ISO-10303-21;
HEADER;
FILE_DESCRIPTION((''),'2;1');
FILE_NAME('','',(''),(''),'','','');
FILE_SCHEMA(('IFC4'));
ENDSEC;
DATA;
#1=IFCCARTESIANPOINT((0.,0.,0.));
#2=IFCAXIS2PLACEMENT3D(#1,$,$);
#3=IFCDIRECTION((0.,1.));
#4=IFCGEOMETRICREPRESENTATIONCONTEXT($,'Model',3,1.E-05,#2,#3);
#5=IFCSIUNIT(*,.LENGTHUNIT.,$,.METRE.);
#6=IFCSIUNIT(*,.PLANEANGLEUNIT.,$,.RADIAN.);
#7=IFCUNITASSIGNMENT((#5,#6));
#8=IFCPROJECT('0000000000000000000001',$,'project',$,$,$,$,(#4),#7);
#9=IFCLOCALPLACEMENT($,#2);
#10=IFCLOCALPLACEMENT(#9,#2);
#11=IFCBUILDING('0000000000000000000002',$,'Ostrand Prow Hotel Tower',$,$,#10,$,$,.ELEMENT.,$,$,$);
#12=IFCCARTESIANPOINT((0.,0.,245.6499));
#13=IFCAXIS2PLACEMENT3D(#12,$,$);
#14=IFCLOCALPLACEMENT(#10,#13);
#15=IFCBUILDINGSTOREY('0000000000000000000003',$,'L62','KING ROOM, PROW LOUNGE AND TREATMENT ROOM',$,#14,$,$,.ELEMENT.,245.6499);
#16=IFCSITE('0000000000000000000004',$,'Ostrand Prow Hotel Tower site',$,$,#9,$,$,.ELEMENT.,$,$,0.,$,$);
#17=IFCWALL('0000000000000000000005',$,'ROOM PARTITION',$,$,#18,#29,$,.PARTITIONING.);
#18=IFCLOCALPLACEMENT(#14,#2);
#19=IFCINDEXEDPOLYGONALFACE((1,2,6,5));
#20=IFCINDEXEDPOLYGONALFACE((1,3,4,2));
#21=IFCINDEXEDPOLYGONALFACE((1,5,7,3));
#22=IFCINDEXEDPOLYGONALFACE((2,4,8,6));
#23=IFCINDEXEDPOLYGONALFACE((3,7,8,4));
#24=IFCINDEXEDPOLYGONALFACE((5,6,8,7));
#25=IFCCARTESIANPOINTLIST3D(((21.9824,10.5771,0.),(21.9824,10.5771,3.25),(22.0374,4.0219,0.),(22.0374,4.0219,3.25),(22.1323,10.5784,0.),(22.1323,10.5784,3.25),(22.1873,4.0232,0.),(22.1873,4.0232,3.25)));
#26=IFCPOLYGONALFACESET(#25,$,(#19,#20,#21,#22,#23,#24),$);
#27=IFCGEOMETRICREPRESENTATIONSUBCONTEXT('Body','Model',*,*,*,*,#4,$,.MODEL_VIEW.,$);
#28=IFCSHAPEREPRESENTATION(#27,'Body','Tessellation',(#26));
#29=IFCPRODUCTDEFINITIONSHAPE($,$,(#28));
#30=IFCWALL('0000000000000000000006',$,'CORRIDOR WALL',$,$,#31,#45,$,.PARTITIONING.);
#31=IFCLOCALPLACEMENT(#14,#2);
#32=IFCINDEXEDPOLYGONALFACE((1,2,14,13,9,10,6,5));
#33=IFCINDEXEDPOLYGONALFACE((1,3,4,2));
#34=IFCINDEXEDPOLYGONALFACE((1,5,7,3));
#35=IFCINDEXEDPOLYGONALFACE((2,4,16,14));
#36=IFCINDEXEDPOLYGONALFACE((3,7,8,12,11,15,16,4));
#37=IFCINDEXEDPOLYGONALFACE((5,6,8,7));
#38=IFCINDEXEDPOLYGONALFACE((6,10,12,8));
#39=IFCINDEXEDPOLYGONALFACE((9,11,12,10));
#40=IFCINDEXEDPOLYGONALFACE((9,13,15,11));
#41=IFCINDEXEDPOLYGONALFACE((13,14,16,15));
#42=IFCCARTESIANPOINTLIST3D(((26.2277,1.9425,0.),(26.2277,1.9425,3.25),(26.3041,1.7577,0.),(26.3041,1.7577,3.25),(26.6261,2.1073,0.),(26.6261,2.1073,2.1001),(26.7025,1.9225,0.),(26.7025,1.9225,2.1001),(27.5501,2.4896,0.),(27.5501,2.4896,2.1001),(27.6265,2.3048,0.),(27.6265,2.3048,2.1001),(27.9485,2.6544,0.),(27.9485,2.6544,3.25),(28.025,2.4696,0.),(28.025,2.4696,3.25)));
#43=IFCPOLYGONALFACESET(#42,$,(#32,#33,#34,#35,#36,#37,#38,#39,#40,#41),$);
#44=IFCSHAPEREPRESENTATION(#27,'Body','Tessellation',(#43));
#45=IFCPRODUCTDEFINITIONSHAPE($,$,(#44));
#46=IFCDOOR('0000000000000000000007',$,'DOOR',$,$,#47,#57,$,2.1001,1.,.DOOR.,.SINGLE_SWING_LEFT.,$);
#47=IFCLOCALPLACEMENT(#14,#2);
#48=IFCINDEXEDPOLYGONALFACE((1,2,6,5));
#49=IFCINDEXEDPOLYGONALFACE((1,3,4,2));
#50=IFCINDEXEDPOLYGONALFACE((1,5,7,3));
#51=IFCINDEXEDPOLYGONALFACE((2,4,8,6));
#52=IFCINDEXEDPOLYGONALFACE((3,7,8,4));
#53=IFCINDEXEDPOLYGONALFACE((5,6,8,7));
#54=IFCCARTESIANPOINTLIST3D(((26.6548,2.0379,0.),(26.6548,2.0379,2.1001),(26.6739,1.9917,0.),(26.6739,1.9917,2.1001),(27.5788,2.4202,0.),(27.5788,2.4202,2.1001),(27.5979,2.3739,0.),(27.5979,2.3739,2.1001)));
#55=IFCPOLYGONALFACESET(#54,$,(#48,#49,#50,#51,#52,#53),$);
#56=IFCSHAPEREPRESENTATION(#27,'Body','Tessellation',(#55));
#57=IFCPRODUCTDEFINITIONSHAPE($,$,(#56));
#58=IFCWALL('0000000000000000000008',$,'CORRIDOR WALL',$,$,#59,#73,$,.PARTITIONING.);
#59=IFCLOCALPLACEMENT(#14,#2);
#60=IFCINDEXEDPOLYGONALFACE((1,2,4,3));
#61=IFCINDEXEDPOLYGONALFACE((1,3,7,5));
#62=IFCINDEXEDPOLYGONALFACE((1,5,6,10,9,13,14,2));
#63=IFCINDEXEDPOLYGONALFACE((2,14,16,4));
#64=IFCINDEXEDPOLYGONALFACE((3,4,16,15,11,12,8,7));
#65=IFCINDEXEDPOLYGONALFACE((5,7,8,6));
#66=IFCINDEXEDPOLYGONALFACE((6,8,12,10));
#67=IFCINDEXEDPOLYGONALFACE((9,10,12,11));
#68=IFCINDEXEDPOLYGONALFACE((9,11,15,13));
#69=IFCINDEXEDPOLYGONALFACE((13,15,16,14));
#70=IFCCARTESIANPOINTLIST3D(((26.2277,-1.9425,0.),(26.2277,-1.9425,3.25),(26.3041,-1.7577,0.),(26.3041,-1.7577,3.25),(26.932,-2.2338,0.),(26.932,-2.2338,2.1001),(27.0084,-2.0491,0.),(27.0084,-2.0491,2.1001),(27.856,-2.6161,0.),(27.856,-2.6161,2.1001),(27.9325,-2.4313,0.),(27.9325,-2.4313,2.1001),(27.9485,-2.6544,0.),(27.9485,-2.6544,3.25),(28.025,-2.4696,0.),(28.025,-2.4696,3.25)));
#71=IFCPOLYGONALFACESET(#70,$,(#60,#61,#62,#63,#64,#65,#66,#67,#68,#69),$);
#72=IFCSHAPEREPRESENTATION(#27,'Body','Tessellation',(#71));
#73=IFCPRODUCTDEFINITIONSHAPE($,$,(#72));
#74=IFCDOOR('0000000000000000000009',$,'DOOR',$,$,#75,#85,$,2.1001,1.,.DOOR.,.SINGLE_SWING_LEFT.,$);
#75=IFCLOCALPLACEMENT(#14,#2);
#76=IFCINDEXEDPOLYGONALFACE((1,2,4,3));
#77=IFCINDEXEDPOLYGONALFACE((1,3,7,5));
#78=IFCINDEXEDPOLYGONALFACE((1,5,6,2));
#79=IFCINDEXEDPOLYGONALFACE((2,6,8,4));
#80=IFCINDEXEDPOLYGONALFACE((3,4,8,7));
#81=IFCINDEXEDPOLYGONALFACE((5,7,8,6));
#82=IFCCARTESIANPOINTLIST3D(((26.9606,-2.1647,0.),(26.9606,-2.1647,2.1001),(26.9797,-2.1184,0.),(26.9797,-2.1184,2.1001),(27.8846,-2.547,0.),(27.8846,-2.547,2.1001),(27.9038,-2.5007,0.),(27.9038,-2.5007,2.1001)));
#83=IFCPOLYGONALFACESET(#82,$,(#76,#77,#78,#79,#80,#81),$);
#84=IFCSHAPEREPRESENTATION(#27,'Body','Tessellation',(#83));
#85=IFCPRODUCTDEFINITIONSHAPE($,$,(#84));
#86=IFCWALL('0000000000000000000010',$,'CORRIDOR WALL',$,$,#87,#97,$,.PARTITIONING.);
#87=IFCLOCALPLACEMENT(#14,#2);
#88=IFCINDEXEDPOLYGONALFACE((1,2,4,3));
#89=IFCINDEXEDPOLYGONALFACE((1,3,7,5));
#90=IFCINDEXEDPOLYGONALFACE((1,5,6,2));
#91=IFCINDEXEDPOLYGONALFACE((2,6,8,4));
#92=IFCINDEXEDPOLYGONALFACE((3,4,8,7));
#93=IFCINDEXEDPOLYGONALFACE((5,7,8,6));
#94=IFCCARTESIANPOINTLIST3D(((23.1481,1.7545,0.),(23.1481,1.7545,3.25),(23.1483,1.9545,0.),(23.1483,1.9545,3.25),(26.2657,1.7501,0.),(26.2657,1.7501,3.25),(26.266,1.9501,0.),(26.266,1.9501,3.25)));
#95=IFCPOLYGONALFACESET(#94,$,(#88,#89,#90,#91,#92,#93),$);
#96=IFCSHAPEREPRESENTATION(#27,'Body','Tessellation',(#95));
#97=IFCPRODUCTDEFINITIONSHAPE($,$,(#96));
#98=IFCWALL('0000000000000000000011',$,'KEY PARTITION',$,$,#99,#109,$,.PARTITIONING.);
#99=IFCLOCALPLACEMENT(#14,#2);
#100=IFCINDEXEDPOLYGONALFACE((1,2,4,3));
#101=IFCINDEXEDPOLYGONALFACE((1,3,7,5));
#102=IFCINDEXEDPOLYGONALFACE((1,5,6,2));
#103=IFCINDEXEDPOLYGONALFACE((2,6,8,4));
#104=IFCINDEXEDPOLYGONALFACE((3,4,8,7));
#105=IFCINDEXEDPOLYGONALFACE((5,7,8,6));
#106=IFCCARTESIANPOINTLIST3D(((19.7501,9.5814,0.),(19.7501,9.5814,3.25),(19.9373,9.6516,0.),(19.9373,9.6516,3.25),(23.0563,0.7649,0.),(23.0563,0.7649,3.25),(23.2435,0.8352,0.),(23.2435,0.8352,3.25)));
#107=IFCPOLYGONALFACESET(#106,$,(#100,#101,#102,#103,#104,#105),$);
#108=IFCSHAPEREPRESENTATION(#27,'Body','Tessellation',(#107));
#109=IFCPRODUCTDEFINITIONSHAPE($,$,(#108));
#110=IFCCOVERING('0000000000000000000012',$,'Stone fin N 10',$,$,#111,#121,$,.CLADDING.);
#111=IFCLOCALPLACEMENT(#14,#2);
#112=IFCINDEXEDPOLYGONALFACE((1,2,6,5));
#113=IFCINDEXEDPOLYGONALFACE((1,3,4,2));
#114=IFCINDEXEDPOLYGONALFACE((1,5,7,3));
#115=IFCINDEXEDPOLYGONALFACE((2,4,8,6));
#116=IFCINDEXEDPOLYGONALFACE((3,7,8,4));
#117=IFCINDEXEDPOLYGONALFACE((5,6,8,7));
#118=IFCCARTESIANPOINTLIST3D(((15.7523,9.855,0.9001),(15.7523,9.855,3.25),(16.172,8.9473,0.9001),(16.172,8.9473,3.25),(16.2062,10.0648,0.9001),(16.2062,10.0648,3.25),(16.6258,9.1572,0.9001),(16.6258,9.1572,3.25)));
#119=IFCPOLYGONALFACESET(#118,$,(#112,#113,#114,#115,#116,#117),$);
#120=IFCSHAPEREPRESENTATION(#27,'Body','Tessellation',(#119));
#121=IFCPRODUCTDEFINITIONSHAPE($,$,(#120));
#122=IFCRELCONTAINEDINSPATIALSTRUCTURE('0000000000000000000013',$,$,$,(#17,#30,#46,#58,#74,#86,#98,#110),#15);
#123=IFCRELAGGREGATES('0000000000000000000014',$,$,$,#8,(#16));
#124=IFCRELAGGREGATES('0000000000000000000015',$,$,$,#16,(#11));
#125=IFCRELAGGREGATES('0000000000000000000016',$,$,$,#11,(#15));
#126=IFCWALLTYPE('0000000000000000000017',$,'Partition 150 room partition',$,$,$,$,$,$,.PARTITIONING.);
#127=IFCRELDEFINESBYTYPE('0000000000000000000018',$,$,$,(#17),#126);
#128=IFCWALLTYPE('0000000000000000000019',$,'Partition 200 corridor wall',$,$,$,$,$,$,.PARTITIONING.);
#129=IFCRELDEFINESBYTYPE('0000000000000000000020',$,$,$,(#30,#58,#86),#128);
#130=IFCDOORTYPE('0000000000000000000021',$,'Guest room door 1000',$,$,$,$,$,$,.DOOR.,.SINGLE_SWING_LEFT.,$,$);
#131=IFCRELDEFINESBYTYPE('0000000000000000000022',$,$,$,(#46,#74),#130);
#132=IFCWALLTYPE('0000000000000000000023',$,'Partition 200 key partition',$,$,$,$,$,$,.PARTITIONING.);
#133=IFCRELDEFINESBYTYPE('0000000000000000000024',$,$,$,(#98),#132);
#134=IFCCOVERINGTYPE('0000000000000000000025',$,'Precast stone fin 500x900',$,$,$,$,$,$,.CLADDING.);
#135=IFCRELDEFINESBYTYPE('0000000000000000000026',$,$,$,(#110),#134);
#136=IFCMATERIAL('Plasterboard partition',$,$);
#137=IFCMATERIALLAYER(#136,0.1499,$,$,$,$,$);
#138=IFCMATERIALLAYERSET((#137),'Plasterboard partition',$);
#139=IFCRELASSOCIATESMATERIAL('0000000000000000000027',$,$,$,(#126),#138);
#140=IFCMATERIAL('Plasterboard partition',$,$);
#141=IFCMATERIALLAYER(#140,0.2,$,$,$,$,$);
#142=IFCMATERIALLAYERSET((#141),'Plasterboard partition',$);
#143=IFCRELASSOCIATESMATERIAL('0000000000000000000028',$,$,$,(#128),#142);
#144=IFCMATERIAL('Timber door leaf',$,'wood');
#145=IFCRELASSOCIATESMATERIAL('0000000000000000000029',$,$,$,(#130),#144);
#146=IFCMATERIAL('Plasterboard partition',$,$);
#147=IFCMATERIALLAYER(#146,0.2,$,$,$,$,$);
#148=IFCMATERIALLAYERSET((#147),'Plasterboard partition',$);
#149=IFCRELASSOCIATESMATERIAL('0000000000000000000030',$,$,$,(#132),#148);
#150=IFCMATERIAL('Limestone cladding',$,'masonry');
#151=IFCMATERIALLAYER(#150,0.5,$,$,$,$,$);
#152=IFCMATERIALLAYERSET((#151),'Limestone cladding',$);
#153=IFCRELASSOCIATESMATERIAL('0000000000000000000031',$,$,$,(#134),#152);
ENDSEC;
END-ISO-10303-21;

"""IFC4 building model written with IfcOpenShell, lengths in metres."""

from ifc_helpers import new_model, si_unit, direction, frame, frame_2d, origin, place, context, subcontext, project, spatial, rectangle, extrude, material, layer, layer_set, type_object, element, fill, save


model = new_model("IFC4")

# Units and contexts
model_context = context("Model", 3, precision=1e-05, world=origin(), true_north=direction((0.0, 1.0)))
body_context = subcontext(model_context, "Body", "Model", "MODEL_VIEW")
ifc_project = project(units=[si_unit("LENGTHUNIT", "METRE"), si_unit("PLANEANGLEUNIT", "RADIAN")], contexts=[model_context])

# Site, building, storey
site_placement = place(None, origin())
site = spatial("IfcSite", under=ifc_project, at=site_placement, Name="Ostrand Prow Hotel Tower site", CompositionType="ELEMENT", RefElevation=0.0)
building_placement = place(site_placement, origin())
building = spatial("IfcBuilding", under=site, at=building_placement, Name="Ostrand Prow Hotel Tower", CompositionType="ELEMENT")
storey_placement = place(building_placement, frame((0.0, 0.0, 245.6499)))
storey = spatial("IfcBuildingStorey", under=building, at=storey_placement, Name="L62", Description="KING ROOM, PROW LOUNGE AND TREATMENT ROOM", CompositionType="ELEMENT", Elevation=245.6499)

# Wall
ifc_material_1 = material(Name="Plasterboard partition")
ifc_layer_1 = layer(ifc_material_1, 0.1499)
ifc_layer_set_1 = layer_set([ifc_layer_1], Name="Plasterboard partition")
wall_type_1 = type_object("IfcWallType", Name="Partition 150 room partition", PredefinedType="PARTITIONING", material=ifc_layer_set_1)
wall_1_placement = place(storey_placement, frame((22.0574, 10.5779, 0.0), z_axis=(0.0, 0.0, 1.0), x_axis=(0.00838, -0.999965, 0.0)))
element("IfcWall", 1, at=wall_1_placement, inside=storey, type_object=wall_type_1, Name="ROOM PARTITION", PredefinedType="PARTITIONING", context=body_context, shape_type="SweptSolid", body=[
    extrude(rectangle(XDim=6.5554, YDim=0.1499, at=frame_2d((3.2778, 0.0))), origin(), (0.0, 0.0, 1.0), 3.25),
])

# Walls, openings, doors
ifc_material_2 = material(Name="Plasterboard partition")
ifc_layer_2 = layer(ifc_material_2, 0.2)
ifc_layer_set_2 = layer_set([ifc_layer_2], Name="Plasterboard partition")
wall_type_2 = type_object("IfcWallType", Name="Partition 200 corridor wall", PredefinedType="PARTITIONING", material=ifc_layer_set_2)
wall_2_placement = place(storey_placement, frame((26.2659, 1.8501, 0.0), z_axis=(0.0, 0.0, 1.0), x_axis=(0.924055, 0.382259, 0.0)))
wall_2 = element("IfcWall", 2, at=wall_2_placement, inside=storey, type_object=wall_type_2, Name="CORRIDOR WALL", PredefinedType="PARTITIONING", context=body_context, shape_type="SweptSolid", body=[
    extrude(rectangle(XDim=1.8623, YDim=0.2, at=frame_2d((0.9312, 0.0))), origin(), (0.0, 0.0, 1.0), 3.25),
])
opening_1_placement = place(wall_2_placement, frame((0.4312, 0.0, 0.0)))
opening_1 = element("IfcOpeningElement", 3, at=opening_1_placement, cuts=wall_2, PredefinedType="OPENING", context=body_context, shape_type="SweptSolid", body=[
    extrude(rectangle(XDim=1.0, YDim=2.1001, at=frame_2d((0.5, 1.05))), frame((0.0, 0.1099, 0.0), z_axis=(0.0, -1.0, 0.0), x_axis=(1.0, 0.0, 0.0)), (0.0, 0.0, 1.0), 0.22),
])
ifc_material_3 = material(Name="Timber door leaf", Category="wood")
door_type = type_object("IfcDoorType", Name="Guest room door 1000", OperationType="SINGLE_SWING_LEFT", PredefinedType="DOOR", material=ifc_material_3)
door_1_placement = place(opening_1_placement, origin())
door_1 = element("IfcDoor", 4, at=door_1_placement, inside=storey, type_object=door_type, Name="DOOR", OperationType="SINGLE_SWING_LEFT", OverallHeight=2.1001, OverallWidth=1.0, PredefinedType="DOOR", context=body_context, shape_type="SweptSolid", body=[
    extrude(rectangle(XDim=1.0, YDim=2.1001, at=frame_2d((0.5, 1.05))), frame((0.0, 0.0249, 0.0), z_axis=(0.0, -1.0, 0.0), x_axis=(1.0, 0.0, 0.0)), (0.0, 0.0, 1.0), 0.05),
])
fill(opening_1, door_1)
wall_3_placement = place(storey_placement, frame((26.2659, -1.8501, 0.0), z_axis=(0.0, 0.0, 1.0), x_axis=(0.924055, -0.382259, 0.0)))
wall_3 = element("IfcWall", 5, at=wall_3_placement, inside=storey, type_object=wall_type_2, Name="CORRIDOR WALL", PredefinedType="PARTITIONING", context=body_context, shape_type="SweptSolid", body=[
    extrude(rectangle(XDim=1.8623, YDim=0.2, at=frame_2d((0.9312, 0.0))), origin(), (0.0, 0.0, 1.0), 3.25),
])
opening_2_placement = place(wall_3_placement, frame((0.7622, 0.0, 0.0)))
opening_2 = element("IfcOpeningElement", 6, at=opening_2_placement, cuts=wall_3, PredefinedType="OPENING", context=body_context, shape_type="SweptSolid", body=[
    extrude(rectangle(XDim=1.0, YDim=2.1001, at=frame_2d((0.5, 1.05))), frame((0.0, 0.1099, 0.0), z_axis=(0.0, -1.0, 0.0), x_axis=(1.0, 0.0, 0.0)), (0.0, 0.0, 1.0), 0.22),
])
door_2_placement = place(opening_2_placement, origin())
door_2 = element("IfcDoor", 7, at=door_2_placement, inside=storey, type_object=door_type, Name="DOOR", OperationType="SINGLE_SWING_LEFT", OverallHeight=2.1001, OverallWidth=1.0, PredefinedType="DOOR", context=body_context, shape_type="SweptSolid", body=[
    extrude(rectangle(XDim=1.0, YDim=2.1001, at=frame_2d((0.5, 1.05))), frame((0.0, 0.0249, 0.0), z_axis=(0.0, -1.0, 0.0), x_axis=(1.0, 0.0, 0.0)), (0.0, 0.0, 1.0), 0.05),
])
fill(opening_2, door_2)

# Walls
wall_4_placement = place(storey_placement, frame((26.2659, 1.8501, 0.0), z_axis=(0.0, 0.0, 1.0), x_axis=(-0.999999, 0.00141, 0.0)))
element("IfcWall", 8, at=wall_4_placement, inside=storey, type_object=wall_type_2, Name="CORRIDOR WALL", PredefinedType="PARTITIONING", context=body_context, shape_type="SweptSolid", body=[
    extrude(rectangle(XDim=3.1177, YDim=0.2, at=frame_2d((1.5588, 0.0))), origin(), (0.0, 0.0, 1.0), 3.25),
])
ifc_material_4 = material(Name="Plasterboard partition")
ifc_layer_3 = layer(ifc_material_4, 0.2)
ifc_layer_set_3 = layer_set([ifc_layer_3], Name="Plasterboard partition")
wall_type_3 = type_object("IfcWallType", Name="Partition 200 key partition", PredefinedType="PARTITIONING", material=ifc_layer_set_3)
wall_5_placement = place(storey_placement, frame((23.1499, 0.8, 0.0), z_axis=(0.0, 0.0, 1.0), x_axis=(-0.351123, 0.936329, 0.0)))
element("IfcWall", 9, at=wall_5_placement, inside=storey, type_object=wall_type_3, Name="KEY PARTITION", PredefinedType="PARTITIONING", context=body_context, shape_type="SweptSolid", body=[
    extrude(rectangle(XDim=9.416, YDim=0.2, at=frame_2d((4.708, 0.0))), origin(), (0.0, 0.0, 1.0), 3.25),
])

# Covering
ifc_material_5 = material(Name="Limestone cladding", Category="masonry")
ifc_layer_4 = layer(ifc_material_5, 0.5)
ifc_layer_set_4 = layer_set([ifc_layer_4], Name="Limestone cladding")
covering_type = type_object("IfcCoveringType", Name="Precast stone fin 500x900", PredefinedType="CLADDING", material=ifc_layer_set_4)
covering_placement = place(storey_placement, frame((16.3989, 9.0522, 0.9001), z_axis=(0.0, 0.0, 1.0), x_axis=(-0.419662, 0.907681, 0.0)))
element("IfcCovering", 10, at=covering_placement, inside=storey, type_object=covering_type, Name="Stone fin N 10", PredefinedType="CLADDING", context=body_context, shape_type="SweptSolid", body=[
    extrude(rectangle(XDim=1.0, YDim=0.5, at=frame_2d((0.5, 0.0))), origin(), (0.0, 0.0, 1.0), 2.3499),
])

save(model, "model.ifc")
